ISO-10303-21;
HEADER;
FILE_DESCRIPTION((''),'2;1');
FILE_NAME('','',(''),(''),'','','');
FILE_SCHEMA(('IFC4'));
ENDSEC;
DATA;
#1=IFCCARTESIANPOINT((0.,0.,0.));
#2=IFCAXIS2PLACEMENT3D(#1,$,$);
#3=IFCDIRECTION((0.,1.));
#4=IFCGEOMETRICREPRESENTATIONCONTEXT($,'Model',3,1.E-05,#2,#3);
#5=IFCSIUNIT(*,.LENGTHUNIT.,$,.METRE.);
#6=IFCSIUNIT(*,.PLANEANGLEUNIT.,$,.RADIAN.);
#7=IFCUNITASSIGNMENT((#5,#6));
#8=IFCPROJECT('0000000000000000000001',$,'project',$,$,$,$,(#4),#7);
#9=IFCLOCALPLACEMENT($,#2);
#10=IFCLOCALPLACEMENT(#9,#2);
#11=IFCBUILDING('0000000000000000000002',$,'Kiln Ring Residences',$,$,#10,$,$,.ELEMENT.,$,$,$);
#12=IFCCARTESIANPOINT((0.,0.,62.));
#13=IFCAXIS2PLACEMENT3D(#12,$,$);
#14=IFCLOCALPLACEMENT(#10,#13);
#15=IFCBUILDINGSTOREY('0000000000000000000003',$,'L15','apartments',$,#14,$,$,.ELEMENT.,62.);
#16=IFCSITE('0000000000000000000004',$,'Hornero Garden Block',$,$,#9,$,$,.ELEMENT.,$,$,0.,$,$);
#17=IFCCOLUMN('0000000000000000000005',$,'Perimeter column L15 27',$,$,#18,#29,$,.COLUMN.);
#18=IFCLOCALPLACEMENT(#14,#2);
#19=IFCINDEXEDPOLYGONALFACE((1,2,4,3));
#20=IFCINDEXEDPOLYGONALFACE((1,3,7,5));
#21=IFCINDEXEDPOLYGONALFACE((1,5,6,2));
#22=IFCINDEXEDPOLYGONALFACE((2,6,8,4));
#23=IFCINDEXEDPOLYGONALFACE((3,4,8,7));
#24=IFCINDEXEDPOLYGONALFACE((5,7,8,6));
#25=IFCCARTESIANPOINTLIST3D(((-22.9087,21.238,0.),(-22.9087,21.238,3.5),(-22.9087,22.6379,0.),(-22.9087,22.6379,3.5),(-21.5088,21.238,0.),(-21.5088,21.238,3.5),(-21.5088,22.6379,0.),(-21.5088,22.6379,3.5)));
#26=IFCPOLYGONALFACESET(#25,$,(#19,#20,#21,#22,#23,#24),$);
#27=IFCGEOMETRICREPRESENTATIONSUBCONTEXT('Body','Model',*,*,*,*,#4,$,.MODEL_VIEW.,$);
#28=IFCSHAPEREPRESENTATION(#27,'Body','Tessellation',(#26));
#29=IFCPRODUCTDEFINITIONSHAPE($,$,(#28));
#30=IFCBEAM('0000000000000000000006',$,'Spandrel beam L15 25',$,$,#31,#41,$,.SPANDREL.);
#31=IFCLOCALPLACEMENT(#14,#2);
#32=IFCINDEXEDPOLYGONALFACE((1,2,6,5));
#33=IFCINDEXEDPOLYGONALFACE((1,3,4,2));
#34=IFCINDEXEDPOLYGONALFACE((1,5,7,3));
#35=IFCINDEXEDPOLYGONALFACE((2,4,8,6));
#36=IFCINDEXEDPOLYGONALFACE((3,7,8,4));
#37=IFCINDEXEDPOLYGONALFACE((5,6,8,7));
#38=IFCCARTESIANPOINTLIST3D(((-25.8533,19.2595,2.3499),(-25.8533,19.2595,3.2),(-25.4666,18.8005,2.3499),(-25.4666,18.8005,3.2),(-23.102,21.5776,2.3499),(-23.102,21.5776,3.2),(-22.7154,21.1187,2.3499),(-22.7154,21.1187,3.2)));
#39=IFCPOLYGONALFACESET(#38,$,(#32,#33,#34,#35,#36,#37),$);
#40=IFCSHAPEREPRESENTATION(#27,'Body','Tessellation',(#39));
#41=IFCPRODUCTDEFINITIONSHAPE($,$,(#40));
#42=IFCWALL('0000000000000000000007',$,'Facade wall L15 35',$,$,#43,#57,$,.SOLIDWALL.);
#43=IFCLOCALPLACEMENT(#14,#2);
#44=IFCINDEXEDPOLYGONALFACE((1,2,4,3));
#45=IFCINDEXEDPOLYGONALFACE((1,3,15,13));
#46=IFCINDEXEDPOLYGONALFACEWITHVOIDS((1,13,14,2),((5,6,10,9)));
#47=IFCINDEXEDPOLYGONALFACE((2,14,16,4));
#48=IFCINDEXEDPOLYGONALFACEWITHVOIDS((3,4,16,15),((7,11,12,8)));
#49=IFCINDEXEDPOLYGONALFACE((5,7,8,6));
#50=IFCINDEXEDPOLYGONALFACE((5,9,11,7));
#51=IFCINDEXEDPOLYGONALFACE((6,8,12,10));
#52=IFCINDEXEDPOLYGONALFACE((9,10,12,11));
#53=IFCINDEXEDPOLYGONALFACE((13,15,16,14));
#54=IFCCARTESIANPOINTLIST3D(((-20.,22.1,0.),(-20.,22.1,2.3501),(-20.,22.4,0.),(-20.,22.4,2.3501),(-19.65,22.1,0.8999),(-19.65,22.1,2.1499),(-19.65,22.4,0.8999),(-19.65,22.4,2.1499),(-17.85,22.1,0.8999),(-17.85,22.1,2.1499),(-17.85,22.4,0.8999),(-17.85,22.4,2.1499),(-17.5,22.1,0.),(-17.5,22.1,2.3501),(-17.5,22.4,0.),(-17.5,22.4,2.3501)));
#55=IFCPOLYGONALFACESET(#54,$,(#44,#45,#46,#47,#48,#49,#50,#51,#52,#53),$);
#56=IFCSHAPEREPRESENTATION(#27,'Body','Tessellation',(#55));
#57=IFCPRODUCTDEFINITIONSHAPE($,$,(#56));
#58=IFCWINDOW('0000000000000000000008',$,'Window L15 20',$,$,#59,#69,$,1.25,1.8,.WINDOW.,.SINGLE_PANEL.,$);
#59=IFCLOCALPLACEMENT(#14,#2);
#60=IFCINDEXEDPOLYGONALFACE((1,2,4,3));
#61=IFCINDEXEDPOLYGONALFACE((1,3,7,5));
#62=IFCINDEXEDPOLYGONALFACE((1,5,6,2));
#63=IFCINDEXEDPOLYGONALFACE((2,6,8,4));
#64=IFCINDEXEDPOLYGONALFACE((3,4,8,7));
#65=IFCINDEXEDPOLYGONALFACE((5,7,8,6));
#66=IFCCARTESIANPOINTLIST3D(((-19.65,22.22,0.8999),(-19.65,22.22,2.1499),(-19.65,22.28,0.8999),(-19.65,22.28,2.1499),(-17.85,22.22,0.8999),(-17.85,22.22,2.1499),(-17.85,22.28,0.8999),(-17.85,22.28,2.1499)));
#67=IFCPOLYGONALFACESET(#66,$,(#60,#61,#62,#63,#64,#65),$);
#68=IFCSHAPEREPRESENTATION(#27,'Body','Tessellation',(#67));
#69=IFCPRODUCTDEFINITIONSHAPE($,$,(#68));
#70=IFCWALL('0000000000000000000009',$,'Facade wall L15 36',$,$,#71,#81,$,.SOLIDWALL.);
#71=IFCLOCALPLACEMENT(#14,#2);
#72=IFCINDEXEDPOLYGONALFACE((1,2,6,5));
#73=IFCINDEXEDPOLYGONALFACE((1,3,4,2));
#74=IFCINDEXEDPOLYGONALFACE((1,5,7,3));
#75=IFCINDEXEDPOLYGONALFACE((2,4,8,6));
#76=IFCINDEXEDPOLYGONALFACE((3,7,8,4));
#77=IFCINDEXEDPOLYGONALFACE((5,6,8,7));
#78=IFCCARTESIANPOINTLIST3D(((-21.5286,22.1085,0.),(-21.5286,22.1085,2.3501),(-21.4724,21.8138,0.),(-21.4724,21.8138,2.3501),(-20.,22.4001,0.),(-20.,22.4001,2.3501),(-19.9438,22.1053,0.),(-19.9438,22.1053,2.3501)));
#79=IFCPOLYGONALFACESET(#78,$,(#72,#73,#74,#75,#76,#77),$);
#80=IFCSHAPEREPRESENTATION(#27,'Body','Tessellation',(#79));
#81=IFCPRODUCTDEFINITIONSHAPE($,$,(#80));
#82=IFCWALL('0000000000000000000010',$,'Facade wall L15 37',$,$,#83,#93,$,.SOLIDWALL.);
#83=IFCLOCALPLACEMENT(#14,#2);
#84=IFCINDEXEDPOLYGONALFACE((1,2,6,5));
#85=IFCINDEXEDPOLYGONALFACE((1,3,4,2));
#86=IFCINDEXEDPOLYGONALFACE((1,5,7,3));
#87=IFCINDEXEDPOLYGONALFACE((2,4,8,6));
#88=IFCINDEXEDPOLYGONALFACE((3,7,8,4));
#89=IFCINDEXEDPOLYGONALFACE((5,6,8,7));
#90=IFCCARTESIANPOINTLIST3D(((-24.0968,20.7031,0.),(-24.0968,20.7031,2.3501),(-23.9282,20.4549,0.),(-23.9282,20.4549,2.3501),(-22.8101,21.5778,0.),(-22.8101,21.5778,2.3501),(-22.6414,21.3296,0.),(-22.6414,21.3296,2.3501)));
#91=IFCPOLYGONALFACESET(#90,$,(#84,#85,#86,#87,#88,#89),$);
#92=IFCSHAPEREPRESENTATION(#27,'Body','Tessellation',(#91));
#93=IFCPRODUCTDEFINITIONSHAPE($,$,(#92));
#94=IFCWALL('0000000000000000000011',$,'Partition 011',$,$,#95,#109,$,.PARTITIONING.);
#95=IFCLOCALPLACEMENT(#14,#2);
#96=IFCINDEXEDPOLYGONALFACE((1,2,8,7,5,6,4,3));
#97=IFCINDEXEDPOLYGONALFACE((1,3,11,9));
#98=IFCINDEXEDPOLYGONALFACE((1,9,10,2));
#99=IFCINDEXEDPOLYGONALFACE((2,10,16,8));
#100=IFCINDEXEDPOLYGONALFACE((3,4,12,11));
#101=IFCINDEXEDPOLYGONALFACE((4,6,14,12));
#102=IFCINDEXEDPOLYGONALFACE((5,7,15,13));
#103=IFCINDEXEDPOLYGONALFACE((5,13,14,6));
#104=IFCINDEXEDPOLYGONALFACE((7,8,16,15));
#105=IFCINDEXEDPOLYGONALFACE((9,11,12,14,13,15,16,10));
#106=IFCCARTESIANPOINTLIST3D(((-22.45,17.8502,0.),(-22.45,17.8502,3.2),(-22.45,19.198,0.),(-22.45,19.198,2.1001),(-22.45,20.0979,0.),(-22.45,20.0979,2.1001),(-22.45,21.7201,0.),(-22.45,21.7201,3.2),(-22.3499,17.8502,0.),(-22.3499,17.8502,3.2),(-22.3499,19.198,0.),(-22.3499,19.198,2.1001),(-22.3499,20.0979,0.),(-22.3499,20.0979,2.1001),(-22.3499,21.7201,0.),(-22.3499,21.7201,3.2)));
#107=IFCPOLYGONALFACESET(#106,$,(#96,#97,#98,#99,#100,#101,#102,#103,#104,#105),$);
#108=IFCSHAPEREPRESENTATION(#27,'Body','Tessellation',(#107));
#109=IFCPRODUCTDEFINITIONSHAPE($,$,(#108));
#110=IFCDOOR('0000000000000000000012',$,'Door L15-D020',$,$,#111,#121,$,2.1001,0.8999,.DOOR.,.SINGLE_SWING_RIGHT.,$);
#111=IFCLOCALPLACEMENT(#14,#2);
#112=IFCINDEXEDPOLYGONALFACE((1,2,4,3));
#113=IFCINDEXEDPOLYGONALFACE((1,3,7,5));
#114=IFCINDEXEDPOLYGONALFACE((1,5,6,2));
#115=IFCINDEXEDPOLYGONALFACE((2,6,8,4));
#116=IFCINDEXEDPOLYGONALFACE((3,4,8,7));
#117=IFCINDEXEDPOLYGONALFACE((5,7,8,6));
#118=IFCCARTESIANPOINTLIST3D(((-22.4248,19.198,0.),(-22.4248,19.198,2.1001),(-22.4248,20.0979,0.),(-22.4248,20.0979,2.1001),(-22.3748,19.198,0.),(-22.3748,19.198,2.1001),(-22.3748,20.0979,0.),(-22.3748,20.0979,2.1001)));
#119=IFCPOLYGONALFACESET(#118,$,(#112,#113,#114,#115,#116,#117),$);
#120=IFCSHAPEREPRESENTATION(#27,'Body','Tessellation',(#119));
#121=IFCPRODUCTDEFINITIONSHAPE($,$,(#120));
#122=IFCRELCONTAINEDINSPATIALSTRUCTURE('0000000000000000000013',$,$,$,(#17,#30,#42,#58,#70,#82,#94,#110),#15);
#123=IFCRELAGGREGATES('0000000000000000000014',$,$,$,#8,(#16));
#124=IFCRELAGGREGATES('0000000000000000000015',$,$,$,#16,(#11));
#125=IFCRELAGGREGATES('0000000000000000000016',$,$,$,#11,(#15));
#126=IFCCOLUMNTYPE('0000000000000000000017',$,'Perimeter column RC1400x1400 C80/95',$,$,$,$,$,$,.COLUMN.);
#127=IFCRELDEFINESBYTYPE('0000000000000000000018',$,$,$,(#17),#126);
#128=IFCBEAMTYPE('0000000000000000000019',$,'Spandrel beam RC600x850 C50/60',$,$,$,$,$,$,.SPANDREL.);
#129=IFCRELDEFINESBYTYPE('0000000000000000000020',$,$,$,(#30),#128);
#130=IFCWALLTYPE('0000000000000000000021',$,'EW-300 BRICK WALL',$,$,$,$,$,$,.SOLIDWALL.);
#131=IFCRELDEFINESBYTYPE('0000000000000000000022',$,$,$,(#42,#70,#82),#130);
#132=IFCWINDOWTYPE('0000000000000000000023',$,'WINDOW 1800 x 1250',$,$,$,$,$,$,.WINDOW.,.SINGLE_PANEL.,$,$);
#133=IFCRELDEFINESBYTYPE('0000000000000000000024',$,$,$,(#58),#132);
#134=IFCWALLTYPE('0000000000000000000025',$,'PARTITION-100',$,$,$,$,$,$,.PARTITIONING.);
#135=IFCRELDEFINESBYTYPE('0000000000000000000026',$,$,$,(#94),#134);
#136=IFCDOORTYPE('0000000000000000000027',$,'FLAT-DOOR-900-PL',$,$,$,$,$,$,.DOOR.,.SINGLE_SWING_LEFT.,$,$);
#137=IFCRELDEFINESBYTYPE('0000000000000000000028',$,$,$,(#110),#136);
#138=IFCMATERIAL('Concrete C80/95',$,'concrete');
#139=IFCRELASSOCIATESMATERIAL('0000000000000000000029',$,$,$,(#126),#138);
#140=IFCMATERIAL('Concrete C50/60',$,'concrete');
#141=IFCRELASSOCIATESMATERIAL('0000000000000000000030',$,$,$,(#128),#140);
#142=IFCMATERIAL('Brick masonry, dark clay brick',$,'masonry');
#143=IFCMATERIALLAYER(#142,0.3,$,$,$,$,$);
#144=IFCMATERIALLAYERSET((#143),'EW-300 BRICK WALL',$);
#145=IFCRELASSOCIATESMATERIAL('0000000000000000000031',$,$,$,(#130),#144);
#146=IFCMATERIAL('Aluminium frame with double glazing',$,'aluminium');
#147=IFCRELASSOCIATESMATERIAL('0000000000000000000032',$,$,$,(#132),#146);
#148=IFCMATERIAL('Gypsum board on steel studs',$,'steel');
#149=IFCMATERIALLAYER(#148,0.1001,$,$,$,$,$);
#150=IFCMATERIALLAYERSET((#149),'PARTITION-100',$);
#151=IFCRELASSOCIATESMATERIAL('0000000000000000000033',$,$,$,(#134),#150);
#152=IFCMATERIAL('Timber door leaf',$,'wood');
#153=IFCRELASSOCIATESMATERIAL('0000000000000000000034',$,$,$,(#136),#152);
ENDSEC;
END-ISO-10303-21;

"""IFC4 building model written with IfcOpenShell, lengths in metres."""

from ifc_helpers import new_model, si_unit, direction, frame, frame_2d, origin, origin_2d, place, context, subcontext, project, spatial, rectangle, extrude, material, layer, layer_set, material_profile, profile_set, type_object, element, fill, save


model = new_model("IFC4")

# Units and contexts
model_context = context("Model", 3, precision=1e-05, world=origin(), true_north=direction((0.0, 1.0)))
body_context = subcontext(model_context, "Body", "Model", "MODEL_VIEW")
ifc_project = project(units=[si_unit("LENGTHUNIT", "METRE"), si_unit("PLANEANGLEUNIT", "RADIAN")], contexts=[model_context])

# Site, building, storey
site_placement = place(None, origin())
site = spatial("IfcSite", under=ifc_project, at=site_placement, Name="Hornero Garden Block", CompositionType="ELEMENT", RefElevation=0.0)
building_placement = place(site_placement, origin())
building = spatial("IfcBuilding", under=site, at=building_placement, Name="Kiln Ring Residences", CompositionType="ELEMENT")
storey_placement = place(building_placement, frame((0.0, 0.0, 62.0)))
storey = spatial("IfcBuildingStorey", under=building, at=storey_placement, Name="L15", Description="apartments", CompositionType="ELEMENT", Elevation=62.0)

# Column
ifc_material_1 = material(Name="Concrete C80/95", Category="concrete")
ifc_material_profile_1 = material_profile(ifc_material_1, rectangle(XDim=1.3999, YDim=1.3999, at=origin_2d()), Name="RC1400x1400")
ifc_profile_set_1 = profile_set([ifc_material_profile_1], Name="Concrete C80/95")
column_type = type_object("IfcColumnType", Name="Perimeter column RC1400x1400 C80/95", PredefinedType="COLUMN", material=ifc_profile_set_1)
column_placement = place(storey_placement, frame((-22.2087, 21.938, 0.0), z_axis=(0.0, 0.0, 1.0), x_axis=(1.0, 0.0, 0.0)))
element("IfcColumn", 1, at=column_placement, inside=storey, type_object=column_type, Name="Perimeter column L15 27", PredefinedType="COLUMN", context=body_context, shape_type="SweptSolid", body=[
    extrude(rectangle(XDim=1.3999, YDim=1.3999, at=origin_2d()), origin(), (0.0, 0.0, 1.0), 3.5),
])

# Beam
ifc_material_2 = material(Name="Concrete C50/60", Category="concrete")
ifc_material_profile_2 = material_profile(ifc_material_2, rectangle(XDim=0.6001, YDim=0.8501, at=origin_2d()), Name="RC600x850")
ifc_profile_set_2 = profile_set([ifc_material_profile_2], Name="Concrete C50/60")
beam_type = type_object("IfcBeamType", Name="Spandrel beam RC600x850 C50/60", PredefinedType="SPANDREL", material=ifc_profile_set_2)
beam_placement = place(storey_placement, frame((-22.9087, 21.3481, 2.7749), z_axis=(-0.764733, -0.644347, 0.0), x_axis=(0.644347, -0.764733, 0.0)))
element("IfcBeam", 2, at=beam_placement, inside=storey, type_object=beam_type, Name="Spandrel beam L15 25", PredefinedType="SPANDREL", context=body_context, shape_type="SweptSolid", body=[
    extrude(rectangle(XDim=0.6001, YDim=0.8501, at=origin_2d()), origin(), (0.0, 0.0, 1.0), 3.5977),
])

# Wall, opening, window
ifc_material_3 = material(Name="Brick masonry, dark clay brick", Category="masonry")
ifc_layer_1 = layer(ifc_material_3, 0.3)
ifc_layer_set_1 = layer_set([ifc_layer_1], Name="EW-300 BRICK WALL")
wall_type_1 = type_object("IfcWallType", Name="EW-300 BRICK WALL", PredefinedType="SOLIDWALL", material=ifc_layer_set_1)
wall_1_placement = place(storey_placement, frame((-17.5, 22.25, 0.0), z_axis=(0.0, 0.0, 1.0), x_axis=(-1.0, 0.0, 0.0)))
wall_1 = element("IfcWall", 3, at=wall_1_placement, inside=storey, type_object=wall_type_1, Name="Facade wall L15 35", PredefinedType="SOLIDWALL", context=body_context, shape_type="SweptSolid", body=[
    extrude(rectangle(XDim=2.5, YDim=0.3, at=frame_2d((1.25, 0.0))), origin(), (0.0, 0.0, 1.0), 2.3501),
])
opening_1_placement = place(wall_1_placement, frame((0.3501, 0.0, 0.8999)))
opening_1 = element("IfcOpeningElement", 4, at=opening_1_placement, cuts=wall_1, PredefinedType="OPENING", context=body_context, shape_type="SweptSolid", body=[
    extrude(rectangle(XDim=1.8, YDim=1.25, at=frame_2d((0.8999, 0.625))), frame((0.0, 0.1599, 0.0), z_axis=(0.0, -1.0, 0.0), x_axis=(1.0, 0.0, 0.0)), (0.0, 0.0, 1.0), 0.3201),
])
ifc_material_4 = material(Name="Aluminium frame with double glazing", Category="aluminium")
window_type = type_object("IfcWindowType", Name="WINDOW 1800 x 1250", PartitioningType="SINGLE_PANEL", PredefinedType="WINDOW", material=ifc_material_4)
window_placement = place(opening_1_placement, origin())
window = element("IfcWindow", 5, at=window_placement, inside=storey, type_object=window_type, Name="Window L15 20", OverallHeight=1.25, OverallWidth=1.8, PartitioningType="SINGLE_PANEL", PredefinedType="WINDOW", context=body_context, shape_type="SweptSolid", body=[
    extrude(rectangle(XDim=1.8, YDim=1.25, at=frame_2d((0.8999, 0.625))), frame((0.0, 0.03, 0.0), z_axis=(0.0, -1.0, 0.0), x_axis=(1.0, 0.0, 0.0)), (0.0, 0.0, 1.0), 0.0601),
])
fill(opening_1, window)

# Walls
wall_2_placement = place(storey_placement, frame((-19.9719, 22.2527, 0.0), z_axis=(0.0, 0.0, 1.0), x_axis=(-0.982297, -0.187328, 0.0)))
element("IfcWall", 6, at=wall_2_placement, inside=storey, type_object=wall_type_1, Name="Facade wall L15 36", PredefinedType="SOLIDWALL", context=body_context, shape_type="SweptSolid", body=[
    extrude(rectangle(XDim=1.5562, YDim=0.3, at=frame_2d((0.7781, 0.0))), origin(), (0.0, 0.0, 1.0), 2.3501),
])
wall_3_placement = place(storey_placement, frame((-22.7258, 21.4536, 0.0), z_axis=(0.0, 0.0, 1.0), x_axis=(-0.82702, -0.562173, 0.0)))
element("IfcWall", 7, at=wall_3_placement, inside=storey, type_object=wall_type_1, Name="Facade wall L15 37", PredefinedType="SOLIDWALL", context=body_context, shape_type="SweptSolid", body=[
    extrude(rectangle(XDim=1.5559, YDim=0.3, at=frame_2d((0.7778, 0.0))), origin(), (0.0, 0.0, 1.0), 2.3501),
])

# Wall, opening, door
ifc_material_5 = material(Name="Gypsum board on steel studs", Category="steel")
ifc_layer_2 = layer(ifc_material_5, 0.1001)
ifc_layer_set_2 = layer_set([ifc_layer_2], Name="PARTITION-100")
wall_type_2 = type_object("IfcWallType", Name="PARTITION-100", PredefinedType="PARTITIONING", material=ifc_layer_set_2)
wall_4_placement = place(storey_placement, frame((-22.3999, 17.8501, 0.0), z_axis=(0.0, 0.0, 1.0), x_axis=(0.0, 1.0, 0.0)))
wall_4 = element("IfcWall", 8, at=wall_4_placement, inside=storey, type_object=wall_type_2, Name="Partition 011", PredefinedType="PARTITIONING", context=body_context, shape_type="SweptSolid", body=[
    extrude(rectangle(XDim=3.8699, YDim=0.1001, at=frame_2d((1.9351, 0.0))), origin(), (0.0, 0.0, 1.0), 3.2),
])
opening_2_placement = place(wall_4_placement, frame((1.3479, 0.0, 0.0)))
opening_2 = element("IfcOpeningElement", 9, at=opening_2_placement, cuts=wall_4, PredefinedType="OPENING", context=body_context, shape_type="SweptSolid", body=[
    extrude(rectangle(XDim=0.8999, YDim=2.1001, at=frame_2d((0.45, 1.05))), frame((0.0, 0.0601, 0.0), z_axis=(0.0, -1.0, 0.0), x_axis=(1.0, 0.0, 0.0)), (0.0, 0.0, 1.0), 0.1201),
])
ifc_material_6 = material(Name="Timber door leaf", Category="wood")
door_type = type_object("IfcDoorType", Name="FLAT-DOOR-900-PL", OperationType="SINGLE_SWING_LEFT", PredefinedType="DOOR", material=ifc_material_6)
door_placement = place(opening_2_placement, origin())
door = element("IfcDoor", 10, at=door_placement, inside=storey, type_object=door_type, Name="Door L15-D020", OperationType="SINGLE_SWING_RIGHT", OverallHeight=2.1001, OverallWidth=0.8999, PredefinedType="DOOR", context=body_context, shape_type="SweptSolid", body=[
    extrude(rectangle(XDim=0.8999, YDim=2.1001, at=frame_2d((0.45, 1.05))), frame((0.0, 0.0249, 0.0), z_axis=(0.0, -1.0, 0.0), x_axis=(1.0, 0.0, 0.0)), (0.0, 0.0, 1.0), 0.05),
])
fill(opening_2, door)

save(model, "model.ifc")
